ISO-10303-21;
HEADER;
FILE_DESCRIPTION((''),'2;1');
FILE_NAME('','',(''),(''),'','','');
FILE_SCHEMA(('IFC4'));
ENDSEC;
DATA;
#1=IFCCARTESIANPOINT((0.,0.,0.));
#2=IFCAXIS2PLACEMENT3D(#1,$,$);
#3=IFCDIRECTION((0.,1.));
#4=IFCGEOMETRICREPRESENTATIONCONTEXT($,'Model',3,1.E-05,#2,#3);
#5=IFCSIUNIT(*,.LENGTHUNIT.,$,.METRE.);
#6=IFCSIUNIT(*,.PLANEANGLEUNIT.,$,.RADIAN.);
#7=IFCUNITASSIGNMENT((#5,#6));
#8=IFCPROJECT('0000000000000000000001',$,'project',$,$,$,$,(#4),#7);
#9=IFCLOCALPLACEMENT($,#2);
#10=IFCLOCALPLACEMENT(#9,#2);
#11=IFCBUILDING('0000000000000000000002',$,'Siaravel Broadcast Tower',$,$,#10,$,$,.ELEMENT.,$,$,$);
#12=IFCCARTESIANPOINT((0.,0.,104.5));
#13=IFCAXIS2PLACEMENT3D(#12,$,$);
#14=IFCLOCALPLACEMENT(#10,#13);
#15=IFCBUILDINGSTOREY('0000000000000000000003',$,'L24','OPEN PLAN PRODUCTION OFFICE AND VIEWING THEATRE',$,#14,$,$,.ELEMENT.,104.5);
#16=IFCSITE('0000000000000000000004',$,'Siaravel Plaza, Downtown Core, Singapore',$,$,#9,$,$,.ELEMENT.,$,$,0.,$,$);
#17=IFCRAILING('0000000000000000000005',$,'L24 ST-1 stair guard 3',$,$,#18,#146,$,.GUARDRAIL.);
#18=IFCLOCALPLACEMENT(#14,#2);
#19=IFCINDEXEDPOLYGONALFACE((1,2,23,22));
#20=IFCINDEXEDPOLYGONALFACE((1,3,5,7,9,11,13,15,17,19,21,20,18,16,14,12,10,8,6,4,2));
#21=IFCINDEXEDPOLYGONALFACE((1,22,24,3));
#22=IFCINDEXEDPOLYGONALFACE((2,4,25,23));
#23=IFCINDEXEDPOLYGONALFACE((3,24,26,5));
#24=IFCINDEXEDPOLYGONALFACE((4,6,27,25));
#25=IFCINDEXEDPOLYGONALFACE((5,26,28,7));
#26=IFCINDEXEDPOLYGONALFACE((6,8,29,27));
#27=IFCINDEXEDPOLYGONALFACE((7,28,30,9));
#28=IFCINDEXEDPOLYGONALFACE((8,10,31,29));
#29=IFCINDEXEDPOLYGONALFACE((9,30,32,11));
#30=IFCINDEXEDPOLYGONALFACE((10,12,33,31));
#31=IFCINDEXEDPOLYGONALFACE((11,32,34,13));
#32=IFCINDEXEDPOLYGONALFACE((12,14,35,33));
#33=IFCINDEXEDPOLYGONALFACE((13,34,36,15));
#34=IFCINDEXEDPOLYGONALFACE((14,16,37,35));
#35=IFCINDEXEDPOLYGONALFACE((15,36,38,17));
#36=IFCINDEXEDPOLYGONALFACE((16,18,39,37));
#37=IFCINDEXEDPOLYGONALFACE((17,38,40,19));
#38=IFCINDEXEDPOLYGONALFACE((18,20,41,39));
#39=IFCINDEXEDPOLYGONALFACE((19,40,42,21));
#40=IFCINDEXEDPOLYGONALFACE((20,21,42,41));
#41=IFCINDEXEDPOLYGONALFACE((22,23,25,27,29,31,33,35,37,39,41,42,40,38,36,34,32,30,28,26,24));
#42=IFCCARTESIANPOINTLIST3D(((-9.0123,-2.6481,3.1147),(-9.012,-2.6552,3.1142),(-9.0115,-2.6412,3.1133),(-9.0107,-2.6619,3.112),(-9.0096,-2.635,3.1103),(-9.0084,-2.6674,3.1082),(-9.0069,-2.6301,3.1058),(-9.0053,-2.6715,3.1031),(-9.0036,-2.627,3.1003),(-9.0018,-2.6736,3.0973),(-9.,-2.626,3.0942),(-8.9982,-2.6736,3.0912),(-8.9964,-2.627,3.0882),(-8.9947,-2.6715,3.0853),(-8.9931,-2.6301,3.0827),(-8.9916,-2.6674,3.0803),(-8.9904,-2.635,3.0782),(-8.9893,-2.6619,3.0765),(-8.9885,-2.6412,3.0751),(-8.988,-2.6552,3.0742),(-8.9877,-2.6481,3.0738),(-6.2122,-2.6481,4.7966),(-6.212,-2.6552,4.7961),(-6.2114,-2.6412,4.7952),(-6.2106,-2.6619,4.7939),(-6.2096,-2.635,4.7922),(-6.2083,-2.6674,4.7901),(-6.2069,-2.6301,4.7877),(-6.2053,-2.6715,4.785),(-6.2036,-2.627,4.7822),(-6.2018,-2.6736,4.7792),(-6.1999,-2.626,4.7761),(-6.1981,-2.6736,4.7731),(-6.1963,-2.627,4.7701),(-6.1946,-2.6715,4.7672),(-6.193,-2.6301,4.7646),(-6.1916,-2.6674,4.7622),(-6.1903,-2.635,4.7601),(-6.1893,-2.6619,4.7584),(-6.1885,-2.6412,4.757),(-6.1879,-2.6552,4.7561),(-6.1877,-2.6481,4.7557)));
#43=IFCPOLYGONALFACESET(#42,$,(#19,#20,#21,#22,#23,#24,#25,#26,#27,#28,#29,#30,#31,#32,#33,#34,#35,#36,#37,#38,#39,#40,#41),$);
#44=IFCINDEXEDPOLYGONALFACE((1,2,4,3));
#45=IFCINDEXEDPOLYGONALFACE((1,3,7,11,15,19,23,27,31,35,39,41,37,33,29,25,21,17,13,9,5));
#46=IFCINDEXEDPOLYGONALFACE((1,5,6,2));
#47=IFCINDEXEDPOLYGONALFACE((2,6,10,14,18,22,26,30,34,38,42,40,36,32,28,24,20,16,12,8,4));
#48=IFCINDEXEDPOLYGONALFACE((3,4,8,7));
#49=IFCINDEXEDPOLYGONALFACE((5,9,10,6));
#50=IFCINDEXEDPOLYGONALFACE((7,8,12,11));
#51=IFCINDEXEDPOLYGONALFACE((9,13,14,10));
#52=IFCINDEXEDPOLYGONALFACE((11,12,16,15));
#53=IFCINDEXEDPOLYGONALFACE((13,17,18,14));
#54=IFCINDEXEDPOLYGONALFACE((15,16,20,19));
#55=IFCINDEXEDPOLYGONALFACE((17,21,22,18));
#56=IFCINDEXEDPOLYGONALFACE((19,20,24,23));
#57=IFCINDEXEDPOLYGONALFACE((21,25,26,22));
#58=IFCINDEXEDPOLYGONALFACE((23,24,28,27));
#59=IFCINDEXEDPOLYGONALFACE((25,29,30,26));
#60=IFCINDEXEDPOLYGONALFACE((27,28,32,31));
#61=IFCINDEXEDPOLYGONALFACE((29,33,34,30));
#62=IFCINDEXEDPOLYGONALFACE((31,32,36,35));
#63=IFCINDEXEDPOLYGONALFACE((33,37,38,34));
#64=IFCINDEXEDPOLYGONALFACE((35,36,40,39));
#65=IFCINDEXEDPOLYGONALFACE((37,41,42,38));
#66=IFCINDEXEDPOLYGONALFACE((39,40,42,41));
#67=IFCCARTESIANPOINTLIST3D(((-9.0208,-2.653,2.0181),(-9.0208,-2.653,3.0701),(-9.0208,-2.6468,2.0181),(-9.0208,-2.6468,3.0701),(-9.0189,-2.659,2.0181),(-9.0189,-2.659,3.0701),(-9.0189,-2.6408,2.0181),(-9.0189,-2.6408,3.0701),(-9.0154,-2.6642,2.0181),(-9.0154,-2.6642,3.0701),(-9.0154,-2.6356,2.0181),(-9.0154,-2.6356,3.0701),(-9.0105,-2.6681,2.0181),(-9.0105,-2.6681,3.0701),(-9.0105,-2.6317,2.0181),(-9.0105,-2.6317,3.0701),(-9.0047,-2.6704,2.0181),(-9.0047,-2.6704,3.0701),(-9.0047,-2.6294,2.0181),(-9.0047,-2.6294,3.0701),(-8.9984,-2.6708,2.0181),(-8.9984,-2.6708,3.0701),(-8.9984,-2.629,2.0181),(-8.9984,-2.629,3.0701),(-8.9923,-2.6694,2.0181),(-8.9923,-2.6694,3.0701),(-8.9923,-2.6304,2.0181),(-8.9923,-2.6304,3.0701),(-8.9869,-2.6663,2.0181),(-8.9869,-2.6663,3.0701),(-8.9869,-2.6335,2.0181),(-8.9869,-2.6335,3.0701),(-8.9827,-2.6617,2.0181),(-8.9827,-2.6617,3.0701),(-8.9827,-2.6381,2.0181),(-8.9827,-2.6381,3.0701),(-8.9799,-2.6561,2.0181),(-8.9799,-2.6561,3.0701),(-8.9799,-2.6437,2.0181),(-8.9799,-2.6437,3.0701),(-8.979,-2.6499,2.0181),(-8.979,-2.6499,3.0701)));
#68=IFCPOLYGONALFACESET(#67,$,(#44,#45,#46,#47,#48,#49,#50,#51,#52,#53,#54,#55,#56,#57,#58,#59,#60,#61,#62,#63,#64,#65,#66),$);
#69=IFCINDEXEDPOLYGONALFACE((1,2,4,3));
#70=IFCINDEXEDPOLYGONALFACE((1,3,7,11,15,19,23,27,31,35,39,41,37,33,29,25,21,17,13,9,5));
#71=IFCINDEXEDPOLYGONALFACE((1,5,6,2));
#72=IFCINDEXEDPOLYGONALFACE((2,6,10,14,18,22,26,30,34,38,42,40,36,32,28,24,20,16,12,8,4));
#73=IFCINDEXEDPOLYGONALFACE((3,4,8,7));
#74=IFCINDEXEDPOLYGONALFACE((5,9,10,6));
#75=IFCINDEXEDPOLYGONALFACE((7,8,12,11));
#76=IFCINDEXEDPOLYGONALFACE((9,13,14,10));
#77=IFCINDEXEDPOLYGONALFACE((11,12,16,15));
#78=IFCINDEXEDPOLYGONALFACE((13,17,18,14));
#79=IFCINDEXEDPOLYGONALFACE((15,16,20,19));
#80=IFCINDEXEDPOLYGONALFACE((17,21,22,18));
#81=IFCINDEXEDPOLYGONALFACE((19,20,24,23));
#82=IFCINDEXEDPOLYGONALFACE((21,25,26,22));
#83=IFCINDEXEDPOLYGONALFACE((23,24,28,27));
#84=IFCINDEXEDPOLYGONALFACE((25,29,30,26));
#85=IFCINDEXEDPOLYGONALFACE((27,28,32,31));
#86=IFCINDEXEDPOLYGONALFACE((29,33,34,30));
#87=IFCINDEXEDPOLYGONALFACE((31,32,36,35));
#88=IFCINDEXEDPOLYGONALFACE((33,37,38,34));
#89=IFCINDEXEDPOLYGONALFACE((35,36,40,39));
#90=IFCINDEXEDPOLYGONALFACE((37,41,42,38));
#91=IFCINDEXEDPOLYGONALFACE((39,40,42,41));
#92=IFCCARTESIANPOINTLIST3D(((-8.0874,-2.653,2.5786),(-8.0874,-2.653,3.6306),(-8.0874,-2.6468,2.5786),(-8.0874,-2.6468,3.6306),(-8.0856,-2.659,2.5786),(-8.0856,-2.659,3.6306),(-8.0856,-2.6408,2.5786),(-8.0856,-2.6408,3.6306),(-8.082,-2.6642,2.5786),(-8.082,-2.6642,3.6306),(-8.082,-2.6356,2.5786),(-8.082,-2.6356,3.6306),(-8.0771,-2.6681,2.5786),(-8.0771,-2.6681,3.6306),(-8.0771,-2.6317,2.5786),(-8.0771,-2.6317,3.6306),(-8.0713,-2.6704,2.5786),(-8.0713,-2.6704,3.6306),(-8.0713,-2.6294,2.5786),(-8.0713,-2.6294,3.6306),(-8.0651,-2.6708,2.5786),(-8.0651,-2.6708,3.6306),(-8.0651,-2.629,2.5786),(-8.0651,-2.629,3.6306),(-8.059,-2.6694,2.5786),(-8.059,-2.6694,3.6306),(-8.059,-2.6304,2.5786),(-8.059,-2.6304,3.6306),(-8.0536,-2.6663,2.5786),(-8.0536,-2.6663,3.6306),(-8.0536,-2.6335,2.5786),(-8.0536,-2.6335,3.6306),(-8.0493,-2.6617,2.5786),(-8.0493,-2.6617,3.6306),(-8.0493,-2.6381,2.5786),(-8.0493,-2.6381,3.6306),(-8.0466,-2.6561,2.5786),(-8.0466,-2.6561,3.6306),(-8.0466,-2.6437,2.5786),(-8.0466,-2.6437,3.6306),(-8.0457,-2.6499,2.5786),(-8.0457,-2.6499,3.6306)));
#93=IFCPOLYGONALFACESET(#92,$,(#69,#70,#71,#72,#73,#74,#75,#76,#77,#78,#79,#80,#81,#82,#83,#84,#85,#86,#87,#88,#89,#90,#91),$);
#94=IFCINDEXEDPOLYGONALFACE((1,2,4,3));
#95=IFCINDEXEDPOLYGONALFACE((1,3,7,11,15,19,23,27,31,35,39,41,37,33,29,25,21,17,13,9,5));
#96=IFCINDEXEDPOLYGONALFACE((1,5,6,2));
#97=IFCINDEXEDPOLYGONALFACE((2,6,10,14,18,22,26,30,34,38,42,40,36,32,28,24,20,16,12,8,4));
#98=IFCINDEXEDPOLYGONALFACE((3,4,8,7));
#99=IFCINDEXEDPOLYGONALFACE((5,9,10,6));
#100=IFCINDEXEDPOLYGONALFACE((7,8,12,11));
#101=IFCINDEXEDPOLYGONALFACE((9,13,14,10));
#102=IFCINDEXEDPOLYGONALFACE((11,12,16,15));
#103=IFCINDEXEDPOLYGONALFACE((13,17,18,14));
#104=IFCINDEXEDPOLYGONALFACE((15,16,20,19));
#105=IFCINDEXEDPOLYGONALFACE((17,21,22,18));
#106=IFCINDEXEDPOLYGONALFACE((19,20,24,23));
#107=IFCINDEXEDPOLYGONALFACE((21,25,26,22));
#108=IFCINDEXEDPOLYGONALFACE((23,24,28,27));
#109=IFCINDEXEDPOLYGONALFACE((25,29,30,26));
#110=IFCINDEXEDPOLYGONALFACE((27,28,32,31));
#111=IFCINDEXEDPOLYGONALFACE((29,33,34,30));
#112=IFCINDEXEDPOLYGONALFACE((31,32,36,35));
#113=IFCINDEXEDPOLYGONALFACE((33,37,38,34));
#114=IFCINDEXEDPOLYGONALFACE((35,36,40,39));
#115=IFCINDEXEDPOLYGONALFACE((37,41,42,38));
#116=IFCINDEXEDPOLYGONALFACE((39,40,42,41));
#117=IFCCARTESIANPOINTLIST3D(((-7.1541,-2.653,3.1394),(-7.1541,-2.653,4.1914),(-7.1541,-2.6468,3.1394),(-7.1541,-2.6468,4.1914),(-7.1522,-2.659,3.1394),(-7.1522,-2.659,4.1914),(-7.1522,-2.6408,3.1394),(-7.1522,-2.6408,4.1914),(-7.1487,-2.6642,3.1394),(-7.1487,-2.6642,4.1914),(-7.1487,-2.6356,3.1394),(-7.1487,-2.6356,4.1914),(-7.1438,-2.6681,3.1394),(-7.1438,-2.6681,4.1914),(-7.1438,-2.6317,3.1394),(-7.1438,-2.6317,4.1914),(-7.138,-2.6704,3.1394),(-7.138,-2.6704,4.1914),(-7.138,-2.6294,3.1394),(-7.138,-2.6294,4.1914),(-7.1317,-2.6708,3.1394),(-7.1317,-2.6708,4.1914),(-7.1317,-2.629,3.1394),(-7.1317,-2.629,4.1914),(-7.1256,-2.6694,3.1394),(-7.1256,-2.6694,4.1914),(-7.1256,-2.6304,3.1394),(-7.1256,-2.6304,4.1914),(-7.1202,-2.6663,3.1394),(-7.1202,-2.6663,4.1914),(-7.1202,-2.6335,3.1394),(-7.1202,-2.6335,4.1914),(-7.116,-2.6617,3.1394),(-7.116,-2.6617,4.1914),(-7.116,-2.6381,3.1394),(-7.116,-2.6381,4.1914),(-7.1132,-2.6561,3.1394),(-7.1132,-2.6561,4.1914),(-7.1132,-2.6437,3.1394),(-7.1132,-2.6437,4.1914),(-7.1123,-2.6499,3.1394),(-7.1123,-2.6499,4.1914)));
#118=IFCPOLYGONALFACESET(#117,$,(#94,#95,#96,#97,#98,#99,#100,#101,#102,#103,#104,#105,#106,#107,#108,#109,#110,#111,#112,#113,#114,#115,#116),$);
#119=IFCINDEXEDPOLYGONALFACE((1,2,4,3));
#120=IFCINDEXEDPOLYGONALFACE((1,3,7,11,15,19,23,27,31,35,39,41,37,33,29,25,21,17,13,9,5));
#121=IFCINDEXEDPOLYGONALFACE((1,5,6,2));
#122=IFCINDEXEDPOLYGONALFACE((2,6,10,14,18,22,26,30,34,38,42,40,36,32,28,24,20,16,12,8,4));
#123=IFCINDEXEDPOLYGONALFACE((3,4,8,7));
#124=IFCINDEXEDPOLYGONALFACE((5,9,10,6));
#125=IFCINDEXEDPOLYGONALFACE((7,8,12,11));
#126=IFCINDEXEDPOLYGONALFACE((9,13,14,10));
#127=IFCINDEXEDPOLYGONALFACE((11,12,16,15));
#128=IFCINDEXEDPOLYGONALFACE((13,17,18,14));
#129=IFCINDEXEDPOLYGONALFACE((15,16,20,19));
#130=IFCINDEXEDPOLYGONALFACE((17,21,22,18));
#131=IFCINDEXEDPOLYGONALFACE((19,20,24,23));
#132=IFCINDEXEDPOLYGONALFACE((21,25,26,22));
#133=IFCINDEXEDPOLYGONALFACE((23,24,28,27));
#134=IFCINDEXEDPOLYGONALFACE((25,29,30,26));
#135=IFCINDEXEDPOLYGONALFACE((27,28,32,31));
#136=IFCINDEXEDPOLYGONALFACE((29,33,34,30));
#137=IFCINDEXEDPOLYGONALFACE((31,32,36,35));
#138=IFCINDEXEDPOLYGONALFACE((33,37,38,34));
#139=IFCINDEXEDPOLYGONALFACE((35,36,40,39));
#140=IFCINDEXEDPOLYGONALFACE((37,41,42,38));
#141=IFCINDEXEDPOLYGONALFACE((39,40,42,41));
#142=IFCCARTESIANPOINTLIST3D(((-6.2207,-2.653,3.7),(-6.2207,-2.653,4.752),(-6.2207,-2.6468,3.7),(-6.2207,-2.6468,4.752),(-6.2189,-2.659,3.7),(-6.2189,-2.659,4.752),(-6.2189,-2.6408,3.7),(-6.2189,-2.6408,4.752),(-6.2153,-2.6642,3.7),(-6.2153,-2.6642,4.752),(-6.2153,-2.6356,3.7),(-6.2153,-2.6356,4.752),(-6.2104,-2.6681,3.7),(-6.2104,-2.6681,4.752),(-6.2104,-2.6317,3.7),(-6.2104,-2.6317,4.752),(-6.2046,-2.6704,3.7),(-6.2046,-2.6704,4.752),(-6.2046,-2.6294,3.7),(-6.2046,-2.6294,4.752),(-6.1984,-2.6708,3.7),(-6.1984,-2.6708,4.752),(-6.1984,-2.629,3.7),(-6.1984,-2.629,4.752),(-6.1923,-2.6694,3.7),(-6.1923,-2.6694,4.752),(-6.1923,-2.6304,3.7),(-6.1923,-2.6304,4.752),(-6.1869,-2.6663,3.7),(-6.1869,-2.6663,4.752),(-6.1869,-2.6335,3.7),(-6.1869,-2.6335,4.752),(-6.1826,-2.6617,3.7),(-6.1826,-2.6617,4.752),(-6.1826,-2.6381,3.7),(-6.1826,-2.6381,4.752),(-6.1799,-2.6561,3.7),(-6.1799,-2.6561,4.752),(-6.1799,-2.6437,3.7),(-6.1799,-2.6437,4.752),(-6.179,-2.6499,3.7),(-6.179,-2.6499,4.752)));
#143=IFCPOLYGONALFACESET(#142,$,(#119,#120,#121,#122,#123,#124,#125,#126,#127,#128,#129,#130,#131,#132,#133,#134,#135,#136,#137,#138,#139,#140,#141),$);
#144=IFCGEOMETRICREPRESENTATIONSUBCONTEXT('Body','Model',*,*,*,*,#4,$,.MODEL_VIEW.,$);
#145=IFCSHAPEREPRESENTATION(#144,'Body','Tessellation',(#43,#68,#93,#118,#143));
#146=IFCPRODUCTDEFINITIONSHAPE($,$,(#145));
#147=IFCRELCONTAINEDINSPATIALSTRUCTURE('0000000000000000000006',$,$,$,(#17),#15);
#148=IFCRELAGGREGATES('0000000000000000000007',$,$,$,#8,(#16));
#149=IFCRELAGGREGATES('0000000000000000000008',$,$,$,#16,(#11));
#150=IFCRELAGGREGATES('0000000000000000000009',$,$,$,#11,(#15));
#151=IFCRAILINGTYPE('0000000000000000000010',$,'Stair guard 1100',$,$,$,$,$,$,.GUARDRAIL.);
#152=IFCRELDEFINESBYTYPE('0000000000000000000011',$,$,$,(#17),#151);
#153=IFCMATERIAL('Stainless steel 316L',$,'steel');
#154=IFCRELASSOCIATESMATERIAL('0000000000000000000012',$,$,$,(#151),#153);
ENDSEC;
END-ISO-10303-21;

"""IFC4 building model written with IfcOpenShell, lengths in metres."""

from ifc_helpers import new_model, si_unit, direction, frame, origin, origin_2d, place, context, subcontext, project, spatial, circle, extrude, material, type_object, element, save


model = new_model("IFC4")

# Units and contexts
model_context = context("Model", 3, precision=1e-05, world=origin(), true_north=direction((0.0, 1.0)))
body_context = subcontext(model_context, "Body", "Model", "MODEL_VIEW")
ifc_project = project(units=[si_unit("LENGTHUNIT", "METRE"), si_unit("PLANEANGLEUNIT", "RADIAN")], contexts=[model_context])

# Site, building, storey
site_placement = place(None, origin())
site = spatial("IfcSite", under=ifc_project, at=site_placement, Name="Siaravel Plaza, Downtown Core, Singapore", CompositionType="ELEMENT", RefElevation=0.0)
building_placement = place(site_placement, origin())
building = spatial("IfcBuilding", under=site, at=building_placement, Name="Siaravel Broadcast Tower", CompositionType="ELEMENT")
storey_placement = place(building_placement, frame((0.0, 0.0, 104.5)))
storey = spatial("IfcBuildingStorey", under=building, at=storey_placement, Name="L24", Description="OPEN PLAN PRODUCTION OFFICE AND VIEWING THEATRE", CompositionType="ELEMENT", Elevation=104.5)

# Railing
ifc_material_1 = material(Name="Stainless steel 316L", Category="steel")
railing_type_1 = type_object("IfcRailingType", Name="Stair guard 1100", PredefinedType="GUARDRAIL", material=ifc_material_1)
railing_1_placement = place(storey_placement, frame((-9.0, -2.6499, 2.0181)))
element("IfcRailing", 1, at=railing_1_placement, inside=storey, type_object=railing_type_1, Name="L24 ST-1 stair guard 3", PredefinedType="GUARDRAIL", context=body_context, shape_type="SweptSolid", body=[
    extrude(circle(Radius=0.0239, at=origin_2d()), frame((0.0, 0.0, 1.0762), z_axis=(0.857242, 0.0, 0.514913), x_axis=(0.0, 1.0, 0.0)), (0.0, 0.0, 1.0), 3.2664),
    extrude(circle(Radius=0.021, at=origin_2d()), origin(), (0.0, 0.0, 1.0), 1.052),
    extrude(circle(Radius=0.021, at=origin_2d()), frame((0.9333, 0.0, 0.5605)), (0.0, 0.0, 1.0), 1.052),
    extrude(circle(Radius=0.021, at=origin_2d()), frame((1.8667, 0.0, 1.1213)), (0.0, 0.0, 1.0), 1.052),
    extrude(circle(Radius=0.021, at=origin_2d()), frame((2.8, 0.0, 1.6819)), (0.0, 0.0, 1.0), 1.052),
])

save(model, "model.ifc")
